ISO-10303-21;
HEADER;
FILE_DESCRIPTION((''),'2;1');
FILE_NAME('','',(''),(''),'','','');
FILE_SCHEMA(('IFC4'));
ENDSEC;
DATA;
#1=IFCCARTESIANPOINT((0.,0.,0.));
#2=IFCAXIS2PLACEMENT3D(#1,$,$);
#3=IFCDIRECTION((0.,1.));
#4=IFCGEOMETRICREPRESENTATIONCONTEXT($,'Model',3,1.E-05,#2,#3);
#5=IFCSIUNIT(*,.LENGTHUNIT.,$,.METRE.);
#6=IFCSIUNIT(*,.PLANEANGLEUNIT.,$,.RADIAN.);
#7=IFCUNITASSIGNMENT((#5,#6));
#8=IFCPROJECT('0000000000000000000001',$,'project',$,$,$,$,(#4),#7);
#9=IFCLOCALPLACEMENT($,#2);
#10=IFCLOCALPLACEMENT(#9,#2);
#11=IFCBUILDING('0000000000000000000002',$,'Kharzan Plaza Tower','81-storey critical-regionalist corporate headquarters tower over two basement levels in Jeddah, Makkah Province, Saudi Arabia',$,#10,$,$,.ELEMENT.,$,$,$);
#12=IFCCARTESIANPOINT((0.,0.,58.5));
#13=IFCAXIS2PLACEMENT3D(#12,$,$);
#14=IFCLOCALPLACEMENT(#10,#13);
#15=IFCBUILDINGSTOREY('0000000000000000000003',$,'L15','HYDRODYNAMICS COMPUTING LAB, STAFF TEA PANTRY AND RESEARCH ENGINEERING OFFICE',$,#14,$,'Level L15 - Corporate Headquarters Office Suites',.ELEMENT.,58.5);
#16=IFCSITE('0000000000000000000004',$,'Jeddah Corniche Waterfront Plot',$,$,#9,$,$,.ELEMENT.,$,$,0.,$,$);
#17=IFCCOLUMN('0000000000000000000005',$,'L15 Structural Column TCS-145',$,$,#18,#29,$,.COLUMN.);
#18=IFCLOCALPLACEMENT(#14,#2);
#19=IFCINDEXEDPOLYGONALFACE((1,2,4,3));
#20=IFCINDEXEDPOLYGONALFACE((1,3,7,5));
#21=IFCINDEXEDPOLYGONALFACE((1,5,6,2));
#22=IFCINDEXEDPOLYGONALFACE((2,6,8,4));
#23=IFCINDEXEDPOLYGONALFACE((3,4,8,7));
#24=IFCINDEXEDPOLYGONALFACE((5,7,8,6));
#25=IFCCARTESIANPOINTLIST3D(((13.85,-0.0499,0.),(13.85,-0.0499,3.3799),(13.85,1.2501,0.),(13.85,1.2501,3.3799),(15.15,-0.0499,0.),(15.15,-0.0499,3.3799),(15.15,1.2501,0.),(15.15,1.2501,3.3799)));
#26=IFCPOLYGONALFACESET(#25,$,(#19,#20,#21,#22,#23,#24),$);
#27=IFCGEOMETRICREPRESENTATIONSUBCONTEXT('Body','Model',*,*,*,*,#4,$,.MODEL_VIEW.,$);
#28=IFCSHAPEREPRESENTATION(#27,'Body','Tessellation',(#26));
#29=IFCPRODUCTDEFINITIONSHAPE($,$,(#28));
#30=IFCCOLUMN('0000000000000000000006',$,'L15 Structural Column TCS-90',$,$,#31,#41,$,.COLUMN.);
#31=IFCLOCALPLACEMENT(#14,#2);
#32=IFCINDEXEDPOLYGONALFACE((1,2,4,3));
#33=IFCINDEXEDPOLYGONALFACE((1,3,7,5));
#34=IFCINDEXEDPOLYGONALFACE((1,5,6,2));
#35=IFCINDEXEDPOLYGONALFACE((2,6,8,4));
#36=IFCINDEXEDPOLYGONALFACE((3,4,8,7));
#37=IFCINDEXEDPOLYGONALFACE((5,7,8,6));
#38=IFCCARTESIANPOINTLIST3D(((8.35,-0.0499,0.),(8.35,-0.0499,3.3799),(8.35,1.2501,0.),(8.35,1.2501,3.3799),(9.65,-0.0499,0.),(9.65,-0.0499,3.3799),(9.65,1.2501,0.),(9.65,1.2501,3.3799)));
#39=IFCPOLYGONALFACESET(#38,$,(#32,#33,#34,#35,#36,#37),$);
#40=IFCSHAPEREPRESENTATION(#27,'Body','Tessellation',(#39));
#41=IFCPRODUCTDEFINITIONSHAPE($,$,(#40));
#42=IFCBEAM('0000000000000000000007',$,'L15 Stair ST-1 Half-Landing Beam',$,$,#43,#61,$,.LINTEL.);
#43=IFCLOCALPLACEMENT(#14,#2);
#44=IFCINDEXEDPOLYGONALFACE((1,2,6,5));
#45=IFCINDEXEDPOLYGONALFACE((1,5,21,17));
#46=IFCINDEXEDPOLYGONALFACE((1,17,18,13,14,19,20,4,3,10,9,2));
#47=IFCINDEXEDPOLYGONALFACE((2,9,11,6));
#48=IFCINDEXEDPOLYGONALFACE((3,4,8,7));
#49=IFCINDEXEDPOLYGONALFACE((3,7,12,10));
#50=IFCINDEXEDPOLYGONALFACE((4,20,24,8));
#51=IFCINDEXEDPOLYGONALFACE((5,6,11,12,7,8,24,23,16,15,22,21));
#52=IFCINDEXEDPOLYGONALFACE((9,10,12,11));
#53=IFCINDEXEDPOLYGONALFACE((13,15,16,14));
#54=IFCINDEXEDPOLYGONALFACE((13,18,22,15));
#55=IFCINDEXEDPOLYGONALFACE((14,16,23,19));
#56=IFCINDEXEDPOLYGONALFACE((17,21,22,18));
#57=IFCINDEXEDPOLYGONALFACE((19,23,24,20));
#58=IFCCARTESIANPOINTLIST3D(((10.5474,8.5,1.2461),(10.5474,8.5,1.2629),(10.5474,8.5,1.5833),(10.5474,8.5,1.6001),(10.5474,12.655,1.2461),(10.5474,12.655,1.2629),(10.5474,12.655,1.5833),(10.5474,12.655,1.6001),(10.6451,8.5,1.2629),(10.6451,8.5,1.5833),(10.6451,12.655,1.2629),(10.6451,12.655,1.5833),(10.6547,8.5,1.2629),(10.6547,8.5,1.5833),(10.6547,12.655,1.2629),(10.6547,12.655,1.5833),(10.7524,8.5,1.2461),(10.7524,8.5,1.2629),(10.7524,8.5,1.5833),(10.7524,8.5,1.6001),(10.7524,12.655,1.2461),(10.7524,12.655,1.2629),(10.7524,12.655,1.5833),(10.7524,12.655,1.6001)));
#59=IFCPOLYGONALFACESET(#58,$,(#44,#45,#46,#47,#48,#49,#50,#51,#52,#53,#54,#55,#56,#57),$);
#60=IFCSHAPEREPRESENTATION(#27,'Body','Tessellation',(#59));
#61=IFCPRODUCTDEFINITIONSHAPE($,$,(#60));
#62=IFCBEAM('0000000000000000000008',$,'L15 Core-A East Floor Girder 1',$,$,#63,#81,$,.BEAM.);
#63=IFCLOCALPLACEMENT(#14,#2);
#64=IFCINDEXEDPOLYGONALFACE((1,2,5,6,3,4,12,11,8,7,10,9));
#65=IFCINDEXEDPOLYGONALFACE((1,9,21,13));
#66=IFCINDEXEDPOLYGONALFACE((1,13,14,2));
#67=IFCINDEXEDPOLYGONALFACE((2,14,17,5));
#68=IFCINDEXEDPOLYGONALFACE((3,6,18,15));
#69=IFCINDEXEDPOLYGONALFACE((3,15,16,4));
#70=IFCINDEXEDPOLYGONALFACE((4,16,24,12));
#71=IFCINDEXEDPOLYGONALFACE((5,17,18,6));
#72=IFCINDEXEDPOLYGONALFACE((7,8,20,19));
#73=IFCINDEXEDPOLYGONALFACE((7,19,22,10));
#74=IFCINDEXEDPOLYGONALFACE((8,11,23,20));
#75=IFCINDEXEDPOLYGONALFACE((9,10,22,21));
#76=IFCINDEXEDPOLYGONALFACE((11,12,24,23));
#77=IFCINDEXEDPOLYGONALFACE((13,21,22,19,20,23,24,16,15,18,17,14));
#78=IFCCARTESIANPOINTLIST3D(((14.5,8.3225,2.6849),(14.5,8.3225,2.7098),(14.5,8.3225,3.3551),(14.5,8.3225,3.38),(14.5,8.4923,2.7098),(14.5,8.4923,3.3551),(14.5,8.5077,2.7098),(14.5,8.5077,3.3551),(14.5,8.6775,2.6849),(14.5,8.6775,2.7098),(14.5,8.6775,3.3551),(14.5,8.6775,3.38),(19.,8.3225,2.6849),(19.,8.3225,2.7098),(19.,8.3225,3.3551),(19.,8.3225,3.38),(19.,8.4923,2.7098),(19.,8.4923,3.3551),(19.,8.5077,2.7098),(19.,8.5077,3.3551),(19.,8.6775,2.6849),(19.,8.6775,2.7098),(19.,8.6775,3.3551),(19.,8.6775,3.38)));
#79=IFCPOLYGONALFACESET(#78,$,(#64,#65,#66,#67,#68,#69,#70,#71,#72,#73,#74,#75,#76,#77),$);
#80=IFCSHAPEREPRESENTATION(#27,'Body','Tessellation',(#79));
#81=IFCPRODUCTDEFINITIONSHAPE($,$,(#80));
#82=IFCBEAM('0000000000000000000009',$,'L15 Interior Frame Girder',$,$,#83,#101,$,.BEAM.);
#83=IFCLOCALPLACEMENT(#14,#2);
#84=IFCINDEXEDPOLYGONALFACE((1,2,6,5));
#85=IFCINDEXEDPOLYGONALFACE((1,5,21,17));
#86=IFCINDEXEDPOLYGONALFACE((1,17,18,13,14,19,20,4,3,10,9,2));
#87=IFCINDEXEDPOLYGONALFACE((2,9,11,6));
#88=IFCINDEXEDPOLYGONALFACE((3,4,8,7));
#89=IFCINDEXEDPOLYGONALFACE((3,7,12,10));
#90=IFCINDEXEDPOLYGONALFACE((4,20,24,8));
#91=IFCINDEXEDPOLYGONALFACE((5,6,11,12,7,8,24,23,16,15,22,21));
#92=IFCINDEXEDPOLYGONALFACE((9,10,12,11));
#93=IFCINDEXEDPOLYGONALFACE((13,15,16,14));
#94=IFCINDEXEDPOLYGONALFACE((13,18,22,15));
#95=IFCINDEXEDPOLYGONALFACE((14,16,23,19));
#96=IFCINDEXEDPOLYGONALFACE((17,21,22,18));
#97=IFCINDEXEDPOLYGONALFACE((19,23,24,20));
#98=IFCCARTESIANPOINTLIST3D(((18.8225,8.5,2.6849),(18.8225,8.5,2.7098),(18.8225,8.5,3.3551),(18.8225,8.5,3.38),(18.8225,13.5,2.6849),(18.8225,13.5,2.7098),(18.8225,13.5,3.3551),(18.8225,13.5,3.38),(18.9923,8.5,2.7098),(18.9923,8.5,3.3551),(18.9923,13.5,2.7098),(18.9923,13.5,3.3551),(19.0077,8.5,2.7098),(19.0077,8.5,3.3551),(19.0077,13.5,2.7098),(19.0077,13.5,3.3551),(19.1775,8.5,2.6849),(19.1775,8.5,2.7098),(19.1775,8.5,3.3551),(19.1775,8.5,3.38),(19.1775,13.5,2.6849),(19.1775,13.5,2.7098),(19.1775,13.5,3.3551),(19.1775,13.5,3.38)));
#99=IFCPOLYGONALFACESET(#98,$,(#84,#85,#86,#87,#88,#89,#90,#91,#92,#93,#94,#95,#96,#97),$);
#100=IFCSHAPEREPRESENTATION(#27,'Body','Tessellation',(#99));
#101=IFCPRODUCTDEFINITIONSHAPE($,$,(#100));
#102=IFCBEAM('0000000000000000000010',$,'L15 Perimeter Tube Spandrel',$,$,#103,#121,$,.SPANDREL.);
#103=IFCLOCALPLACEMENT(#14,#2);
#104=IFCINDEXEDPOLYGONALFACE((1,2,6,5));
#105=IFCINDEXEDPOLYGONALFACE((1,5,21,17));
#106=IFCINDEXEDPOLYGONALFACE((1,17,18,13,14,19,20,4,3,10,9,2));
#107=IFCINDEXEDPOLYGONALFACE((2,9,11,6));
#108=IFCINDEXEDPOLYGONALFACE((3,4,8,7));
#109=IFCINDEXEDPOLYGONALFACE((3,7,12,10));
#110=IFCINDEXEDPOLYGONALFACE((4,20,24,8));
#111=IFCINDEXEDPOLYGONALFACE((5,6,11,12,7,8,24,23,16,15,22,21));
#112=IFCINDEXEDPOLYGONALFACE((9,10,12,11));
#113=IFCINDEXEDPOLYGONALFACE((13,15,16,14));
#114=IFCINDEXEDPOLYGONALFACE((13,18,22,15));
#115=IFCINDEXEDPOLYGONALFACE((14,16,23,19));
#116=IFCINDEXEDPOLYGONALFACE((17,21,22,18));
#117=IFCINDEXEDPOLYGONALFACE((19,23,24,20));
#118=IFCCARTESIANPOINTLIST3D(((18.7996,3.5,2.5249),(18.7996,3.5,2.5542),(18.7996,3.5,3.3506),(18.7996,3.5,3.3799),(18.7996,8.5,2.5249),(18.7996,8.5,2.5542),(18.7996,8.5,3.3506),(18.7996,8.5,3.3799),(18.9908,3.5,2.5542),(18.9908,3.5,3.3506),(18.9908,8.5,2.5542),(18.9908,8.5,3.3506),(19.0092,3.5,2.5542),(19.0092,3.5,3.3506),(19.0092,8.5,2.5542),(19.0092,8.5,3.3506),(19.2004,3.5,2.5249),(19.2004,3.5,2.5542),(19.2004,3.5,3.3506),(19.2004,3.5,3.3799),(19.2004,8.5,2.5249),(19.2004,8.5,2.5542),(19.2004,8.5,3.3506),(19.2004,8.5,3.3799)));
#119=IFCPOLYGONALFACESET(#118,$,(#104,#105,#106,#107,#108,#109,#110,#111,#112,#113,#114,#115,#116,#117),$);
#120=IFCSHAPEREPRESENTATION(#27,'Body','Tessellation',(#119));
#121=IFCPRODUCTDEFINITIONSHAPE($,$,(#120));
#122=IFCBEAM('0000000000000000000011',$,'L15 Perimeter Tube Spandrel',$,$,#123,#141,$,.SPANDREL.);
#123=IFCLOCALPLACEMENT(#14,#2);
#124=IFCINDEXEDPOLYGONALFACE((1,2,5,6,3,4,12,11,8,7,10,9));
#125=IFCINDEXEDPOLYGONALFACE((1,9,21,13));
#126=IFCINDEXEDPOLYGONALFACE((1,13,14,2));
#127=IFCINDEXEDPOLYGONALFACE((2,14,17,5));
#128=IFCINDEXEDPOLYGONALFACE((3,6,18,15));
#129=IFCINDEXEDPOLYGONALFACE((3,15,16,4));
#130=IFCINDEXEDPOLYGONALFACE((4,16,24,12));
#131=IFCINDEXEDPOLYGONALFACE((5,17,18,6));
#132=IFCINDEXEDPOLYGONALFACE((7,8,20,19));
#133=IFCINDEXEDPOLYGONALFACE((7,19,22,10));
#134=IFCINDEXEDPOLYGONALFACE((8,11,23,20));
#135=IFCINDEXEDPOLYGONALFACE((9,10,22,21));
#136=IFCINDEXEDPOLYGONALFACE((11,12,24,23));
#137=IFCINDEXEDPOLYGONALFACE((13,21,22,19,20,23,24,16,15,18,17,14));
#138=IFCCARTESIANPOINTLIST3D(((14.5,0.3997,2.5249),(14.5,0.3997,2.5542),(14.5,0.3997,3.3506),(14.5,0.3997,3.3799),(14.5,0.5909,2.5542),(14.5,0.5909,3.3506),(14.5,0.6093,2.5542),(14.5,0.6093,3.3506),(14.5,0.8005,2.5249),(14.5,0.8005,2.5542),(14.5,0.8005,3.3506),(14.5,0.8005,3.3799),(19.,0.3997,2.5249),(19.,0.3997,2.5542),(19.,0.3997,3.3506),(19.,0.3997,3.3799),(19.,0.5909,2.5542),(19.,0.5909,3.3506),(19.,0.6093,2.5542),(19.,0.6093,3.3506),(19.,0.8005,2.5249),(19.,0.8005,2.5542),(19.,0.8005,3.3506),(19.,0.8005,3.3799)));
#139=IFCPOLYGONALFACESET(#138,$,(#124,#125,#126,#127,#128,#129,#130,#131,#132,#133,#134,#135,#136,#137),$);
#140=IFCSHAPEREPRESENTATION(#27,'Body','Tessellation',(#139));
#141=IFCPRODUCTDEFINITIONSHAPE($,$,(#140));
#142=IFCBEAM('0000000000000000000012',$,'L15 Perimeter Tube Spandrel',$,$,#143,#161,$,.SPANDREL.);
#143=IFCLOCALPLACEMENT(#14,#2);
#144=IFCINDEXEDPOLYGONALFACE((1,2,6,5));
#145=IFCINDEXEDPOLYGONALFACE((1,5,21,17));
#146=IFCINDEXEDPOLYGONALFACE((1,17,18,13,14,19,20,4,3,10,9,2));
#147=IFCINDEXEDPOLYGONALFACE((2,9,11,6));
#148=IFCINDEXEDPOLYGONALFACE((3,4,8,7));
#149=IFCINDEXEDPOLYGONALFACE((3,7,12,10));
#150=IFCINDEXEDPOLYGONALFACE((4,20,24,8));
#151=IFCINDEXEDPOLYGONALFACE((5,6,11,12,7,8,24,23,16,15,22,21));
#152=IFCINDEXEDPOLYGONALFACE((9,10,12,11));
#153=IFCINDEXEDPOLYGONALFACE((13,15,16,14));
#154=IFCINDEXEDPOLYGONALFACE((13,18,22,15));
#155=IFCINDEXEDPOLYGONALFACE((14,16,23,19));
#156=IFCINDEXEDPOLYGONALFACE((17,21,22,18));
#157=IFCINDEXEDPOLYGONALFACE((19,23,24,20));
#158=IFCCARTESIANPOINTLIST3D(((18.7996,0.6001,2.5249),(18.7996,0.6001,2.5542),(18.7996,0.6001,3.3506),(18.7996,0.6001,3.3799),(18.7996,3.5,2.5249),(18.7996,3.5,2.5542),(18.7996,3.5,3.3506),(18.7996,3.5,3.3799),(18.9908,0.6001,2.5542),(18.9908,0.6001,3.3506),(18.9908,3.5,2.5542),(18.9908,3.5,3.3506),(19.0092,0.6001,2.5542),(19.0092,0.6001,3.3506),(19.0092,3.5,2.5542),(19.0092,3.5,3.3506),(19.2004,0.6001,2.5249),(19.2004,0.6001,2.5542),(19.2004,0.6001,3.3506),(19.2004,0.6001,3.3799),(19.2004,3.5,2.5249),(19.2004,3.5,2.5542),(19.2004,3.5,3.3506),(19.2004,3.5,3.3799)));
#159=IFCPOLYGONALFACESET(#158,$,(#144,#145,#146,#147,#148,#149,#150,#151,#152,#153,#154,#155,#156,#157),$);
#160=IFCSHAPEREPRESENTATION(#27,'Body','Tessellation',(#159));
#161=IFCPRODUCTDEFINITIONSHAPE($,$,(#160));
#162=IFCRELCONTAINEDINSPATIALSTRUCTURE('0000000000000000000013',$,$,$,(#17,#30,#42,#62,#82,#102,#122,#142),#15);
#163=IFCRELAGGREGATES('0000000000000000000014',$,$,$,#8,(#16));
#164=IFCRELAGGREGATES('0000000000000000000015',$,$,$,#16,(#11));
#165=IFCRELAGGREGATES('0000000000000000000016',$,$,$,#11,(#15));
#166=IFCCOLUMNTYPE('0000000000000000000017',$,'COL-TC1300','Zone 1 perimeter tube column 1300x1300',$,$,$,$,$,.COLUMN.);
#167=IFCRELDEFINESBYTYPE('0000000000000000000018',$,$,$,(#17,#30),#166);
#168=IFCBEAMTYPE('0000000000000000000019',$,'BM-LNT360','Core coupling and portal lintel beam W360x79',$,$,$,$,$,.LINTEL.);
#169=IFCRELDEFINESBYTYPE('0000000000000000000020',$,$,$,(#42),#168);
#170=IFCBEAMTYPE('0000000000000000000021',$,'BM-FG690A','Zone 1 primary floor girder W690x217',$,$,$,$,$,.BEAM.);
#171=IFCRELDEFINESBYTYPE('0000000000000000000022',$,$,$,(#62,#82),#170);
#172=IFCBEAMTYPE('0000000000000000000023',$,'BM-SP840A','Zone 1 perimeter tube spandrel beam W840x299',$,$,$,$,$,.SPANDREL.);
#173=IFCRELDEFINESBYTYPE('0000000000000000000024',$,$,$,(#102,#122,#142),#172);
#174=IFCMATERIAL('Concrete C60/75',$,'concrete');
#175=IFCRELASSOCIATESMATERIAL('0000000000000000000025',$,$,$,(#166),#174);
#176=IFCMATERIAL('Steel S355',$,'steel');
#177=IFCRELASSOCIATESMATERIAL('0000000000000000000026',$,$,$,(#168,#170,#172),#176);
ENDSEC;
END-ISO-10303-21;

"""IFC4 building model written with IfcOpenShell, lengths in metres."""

from ifc_helpers import new_model, si_unit, direction, frame, origin, origin_2d, place, context, subcontext, project, spatial, rectangle, i_section, extrude, source, transform, mapped, material, material_profile, profile_set, type_object, element, save


model = new_model("IFC4")

# Units and contexts
model_context = context("Model", 3, precision=1e-05, world=origin(), true_north=direction((0.0, 1.0)))
body_context = subcontext(model_context, "Body", "Model", "MODEL_VIEW")
ifc_project = project(units=[si_unit("LENGTHUNIT", "METRE"), si_unit("PLANEANGLEUNIT", "RADIAN")], contexts=[model_context])

# Site, building, storey
site_placement = place(None, origin())
site = spatial("IfcSite", under=ifc_project, at=site_placement, Name="Jeddah Corniche Waterfront Plot", CompositionType="ELEMENT", RefElevation=0.0)
building_placement = place(site_placement, origin())
building = spatial("IfcBuilding", under=site, at=building_placement, Name="Kharzan Plaza Tower", Description="81-storey critical-regionalist corporate headquarters tower over two basement levels in Jeddah, Makkah Province, Saudi Arabia", CompositionType="ELEMENT")
storey_placement = place(building_placement, frame((0.0, 0.0, 58.5)))
storey = spatial("IfcBuildingStorey", under=building, at=storey_placement, Name="L15", Description="HYDRODYNAMICS COMPUTING LAB, STAFF TEA PANTRY AND RESEARCH ENGINEERING OFFICE", LongName="Level L15 - Corporate Headquarters Office Suites", CompositionType="ELEMENT", Elevation=58.5)

# Columns
ifc_material_1 = material(Name="Concrete C60/75", Category="concrete")
ifc_material_profile_1 = material_profile(ifc_material_1, rectangle(XDim=1.3, YDim=1.3, at=origin_2d()), Name="RC-TC1300x1300")
ifc_profile_set_1 = profile_set([ifc_material_profile_1], Name="Concrete C60/75")
column_type = type_object("IfcColumnType", Name="COL-TC1300", Description="Zone 1 perimeter tube column 1300x1300", PredefinedType="COLUMN", material=ifc_profile_set_1)
shared_shape_1 = source(origin(), body_context, "Body", "SweptSolid", [
    extrude(rectangle(XDim=1.3, YDim=1.3, at=origin_2d()), origin(), (0.0, 0.0, 1.0), 3.3799),
])
for number, where, z_axis, x_axis, name in (
    (1, (14.5, 0.6001, 0.0), (0.0, 0.0, 1.0), (1.0, 0.0, 0.0), "L15 Structural Column TCS-145"),
    (2, (9.0, 0.6001, 0.0), (0.0, 0.0, 1.0), (1.0, 0.0, 0.0), "L15 Structural Column TCS-90"),
):
    element("IfcColumn", number, at=place(storey_placement, frame(where, z_axis=z_axis, x_axis=x_axis)), inside=storey, type_object=column_type, Name=name, PredefinedType="COLUMN", context=body_context, shape_type="MappedRepresentation", body=[
        mapped(shared_shape_1, transform((0.0, 0.0, 0.0), x_axis=(1.0, 0.0, 0.0), y_axis=(0.0, 1.0, 0.0), z_axis=(0.0, 0.0, 1.0))),
    ])

# Beams
ifc_material_2 = material(Name="Steel S355", Category="steel")
ifc_material_profile_2 = material_profile(ifc_material_2, i_section(OverallWidth=0.2051, OverallDepth=0.354, WebThickness=0.0095, FlangeThickness=0.0168, at=origin_2d()), Name="W360x79")
ifc_profile_set_2 = profile_set([ifc_material_profile_2], Name="Steel S355")
beam_type_1 = type_object("IfcBeamType", Name="BM-LNT360", Description="Core coupling and portal lintel beam W360x79", PredefinedType="LINTEL", material=ifc_profile_set_2)
shared_shape_2 = source(origin(), body_context, "Body", "SweptSolid", [
    extrude(i_section(OverallWidth=0.2051, OverallDepth=0.354, WebThickness=0.0095, FlangeThickness=0.0168, at=origin_2d()), origin(), (0.0, 0.0, 1.0), 4.155),
])
beam_1_placement = place(storey_placement, frame((10.6499, 8.5, 1.4231), z_axis=(0.0, 1.0, 0.0), x_axis=(-1.0, 0.0, 0.0)))
element("IfcBeam", 3, at=beam_1_placement, inside=storey, type_object=beam_type_1, Name="L15 Stair ST-1 Half-Landing Beam", PredefinedType="LINTEL", context=body_context, shape_type="MappedRepresentation", body=[
    mapped(shared_shape_2, transform((0.0, 0.0, 0.0), x_axis=(1.0, 0.0, 0.0), y_axis=(0.0, 1.0, 0.0), z_axis=(0.0, 0.0, 1.0))),
])
ifc_material_profile_3 = material_profile(ifc_material_2, i_section(OverallWidth=0.355, OverallDepth=0.6951, WebThickness=0.0154, FlangeThickness=0.0249, at=origin_2d()), Name="W690x217")
ifc_profile_set_3 = profile_set([ifc_material_profile_3], Name="Steel S355")
beam_type_2 = type_object("IfcBeamType", Name="BM-FG690A", Description="Zone 1 primary floor girder W690x217", PredefinedType="BEAM", material=ifc_profile_set_3)
shared_shape_3 = source(origin(), body_context, "Body", "SweptSolid", [
    extrude(i_section(OverallWidth=0.355, OverallDepth=0.6951, WebThickness=0.0154, FlangeThickness=0.0249, at=origin_2d()), origin(), (0.0, 0.0, 1.0), 4.5),
])
beam_2_placement = place(storey_placement, frame((14.5, 8.5, 3.0325), z_axis=(1.0, 0.0, 0.0), x_axis=(0.0, 1.0, 0.0)))
element("IfcBeam", 4, at=beam_2_placement, inside=storey, type_object=beam_type_2, Name="L15 Core-A East Floor Girder 1", PredefinedType="BEAM", context=body_context, shape_type="MappedRepresentation", body=[
    mapped(shared_shape_3, transform((0.0, 0.0, 0.0), x_axis=(1.0, 0.0, 0.0), y_axis=(0.0, 1.0, 0.0), z_axis=(0.0, 0.0, 1.0))),
])
shared_shape_4 = source(origin(), body_context, "Body", "SweptSolid", [
    extrude(i_section(OverallWidth=0.355, OverallDepth=0.6951, WebThickness=0.0154, FlangeThickness=0.0249, at=origin_2d()), origin(), (0.0, 0.0, 1.0), 5.0),
])
beam_3_placement = place(storey_placement, frame((19.0, 8.5, 3.0325), z_axis=(0.0, 1.0, 0.0), x_axis=(-1.0, 0.0, 0.0)))
element("IfcBeam", 5, at=beam_3_placement, inside=storey, type_object=beam_type_2, Name="L15 Interior Frame Girder", PredefinedType="BEAM", context=body_context, shape_type="MappedRepresentation", body=[
    mapped(shared_shape_4, transform((0.0, 0.0, 0.0), x_axis=(1.0, 0.0, 0.0), y_axis=(0.0, 1.0, 0.0), z_axis=(0.0, 0.0, 1.0))),
])
ifc_material_profile_4 = material_profile(ifc_material_2, i_section(OverallWidth=0.4009, OverallDepth=0.855, WebThickness=0.0183, FlangeThickness=0.0293, at=origin_2d()), Name="W840x299")
ifc_profile_set_4 = profile_set([ifc_material_profile_4], Name="Steel S355")
beam_type_3 = type_object("IfcBeamType", Name="BM-SP840A", Description="Zone 1 perimeter tube spandrel beam W840x299", PredefinedType="SPANDREL", material=ifc_profile_set_4)
shared_shape_5 = source(origin(), body_context, "Body", "SweptSolid", [
    extrude(i_section(OverallWidth=0.4009, OverallDepth=0.855, WebThickness=0.0183, FlangeThickness=0.0293, at=origin_2d()), origin(), (0.0, 0.0, 1.0), 5.0),
])
beam_4_placement = place(storey_placement, frame((19.0, 3.5, 2.9524), z_axis=(0.0, 1.0, 0.0), x_axis=(-1.0, 0.0, 0.0)))
element("IfcBeam", 6, at=beam_4_placement, inside=storey, type_object=beam_type_3, Name="L15 Perimeter Tube Spandrel", PredefinedType="SPANDREL", context=body_context, shape_type="MappedRepresentation", body=[
    mapped(shared_shape_5, transform((0.0, 0.0, 0.0), x_axis=(1.0, 0.0, 0.0), y_axis=(0.0, 1.0, 0.0), z_axis=(0.0, 0.0, 1.0))),
])
shared_shape_6 = source(origin(), body_context, "Body", "SweptSolid", [
    extrude(i_section(OverallWidth=0.4009, OverallDepth=0.855, WebThickness=0.0183, FlangeThickness=0.0293, at=origin_2d()), origin(), (0.0, 0.0, 1.0), 4.5),
])
beam_5_placement = place(storey_placement, frame((14.5, 0.6001, 2.9524), z_axis=(1.0, 0.0, 0.0), x_axis=(0.0, 1.0, 0.0)))
element("IfcBeam", 7, at=beam_5_placement, inside=storey, type_object=beam_type_3, Name="L15 Perimeter Tube Spandrel", PredefinedType="SPANDREL", context=body_context, shape_type="MappedRepresentation", body=[
    mapped(shared_shape_6, transform((0.0, 0.0, 0.0), x_axis=(1.0, 0.0, 0.0), y_axis=(0.0, 1.0, 0.0), z_axis=(0.0, 0.0, 1.0))),
])
shared_shape_7 = source(origin(), body_context, "Body", "SweptSolid", [
    extrude(i_section(OverallWidth=0.4009, OverallDepth=0.855, WebThickness=0.0183, FlangeThickness=0.0293, at=origin_2d()), origin(), (0.0, 0.0, 1.0), 2.8999),
])
beam_6_placement = place(storey_placement, frame((19.0, 0.6001, 2.9524), z_axis=(0.0, 1.0, 0.0), x_axis=(-1.0, 0.0, 0.0)))
element("IfcBeam", 8, at=beam_6_placement, inside=storey, type_object=beam_type_3, Name="L15 Perimeter Tube Spandrel", PredefinedType="SPANDREL", context=body_context, shape_type="MappedRepresentation", body=[
    mapped(shared_shape_7, transform((0.0, 0.0, 0.0), x_axis=(1.0, 0.0, 0.0), y_axis=(0.0, 1.0, 0.0), z_axis=(0.0, 0.0, 1.0))),
])

save(model, "model.ifc")
